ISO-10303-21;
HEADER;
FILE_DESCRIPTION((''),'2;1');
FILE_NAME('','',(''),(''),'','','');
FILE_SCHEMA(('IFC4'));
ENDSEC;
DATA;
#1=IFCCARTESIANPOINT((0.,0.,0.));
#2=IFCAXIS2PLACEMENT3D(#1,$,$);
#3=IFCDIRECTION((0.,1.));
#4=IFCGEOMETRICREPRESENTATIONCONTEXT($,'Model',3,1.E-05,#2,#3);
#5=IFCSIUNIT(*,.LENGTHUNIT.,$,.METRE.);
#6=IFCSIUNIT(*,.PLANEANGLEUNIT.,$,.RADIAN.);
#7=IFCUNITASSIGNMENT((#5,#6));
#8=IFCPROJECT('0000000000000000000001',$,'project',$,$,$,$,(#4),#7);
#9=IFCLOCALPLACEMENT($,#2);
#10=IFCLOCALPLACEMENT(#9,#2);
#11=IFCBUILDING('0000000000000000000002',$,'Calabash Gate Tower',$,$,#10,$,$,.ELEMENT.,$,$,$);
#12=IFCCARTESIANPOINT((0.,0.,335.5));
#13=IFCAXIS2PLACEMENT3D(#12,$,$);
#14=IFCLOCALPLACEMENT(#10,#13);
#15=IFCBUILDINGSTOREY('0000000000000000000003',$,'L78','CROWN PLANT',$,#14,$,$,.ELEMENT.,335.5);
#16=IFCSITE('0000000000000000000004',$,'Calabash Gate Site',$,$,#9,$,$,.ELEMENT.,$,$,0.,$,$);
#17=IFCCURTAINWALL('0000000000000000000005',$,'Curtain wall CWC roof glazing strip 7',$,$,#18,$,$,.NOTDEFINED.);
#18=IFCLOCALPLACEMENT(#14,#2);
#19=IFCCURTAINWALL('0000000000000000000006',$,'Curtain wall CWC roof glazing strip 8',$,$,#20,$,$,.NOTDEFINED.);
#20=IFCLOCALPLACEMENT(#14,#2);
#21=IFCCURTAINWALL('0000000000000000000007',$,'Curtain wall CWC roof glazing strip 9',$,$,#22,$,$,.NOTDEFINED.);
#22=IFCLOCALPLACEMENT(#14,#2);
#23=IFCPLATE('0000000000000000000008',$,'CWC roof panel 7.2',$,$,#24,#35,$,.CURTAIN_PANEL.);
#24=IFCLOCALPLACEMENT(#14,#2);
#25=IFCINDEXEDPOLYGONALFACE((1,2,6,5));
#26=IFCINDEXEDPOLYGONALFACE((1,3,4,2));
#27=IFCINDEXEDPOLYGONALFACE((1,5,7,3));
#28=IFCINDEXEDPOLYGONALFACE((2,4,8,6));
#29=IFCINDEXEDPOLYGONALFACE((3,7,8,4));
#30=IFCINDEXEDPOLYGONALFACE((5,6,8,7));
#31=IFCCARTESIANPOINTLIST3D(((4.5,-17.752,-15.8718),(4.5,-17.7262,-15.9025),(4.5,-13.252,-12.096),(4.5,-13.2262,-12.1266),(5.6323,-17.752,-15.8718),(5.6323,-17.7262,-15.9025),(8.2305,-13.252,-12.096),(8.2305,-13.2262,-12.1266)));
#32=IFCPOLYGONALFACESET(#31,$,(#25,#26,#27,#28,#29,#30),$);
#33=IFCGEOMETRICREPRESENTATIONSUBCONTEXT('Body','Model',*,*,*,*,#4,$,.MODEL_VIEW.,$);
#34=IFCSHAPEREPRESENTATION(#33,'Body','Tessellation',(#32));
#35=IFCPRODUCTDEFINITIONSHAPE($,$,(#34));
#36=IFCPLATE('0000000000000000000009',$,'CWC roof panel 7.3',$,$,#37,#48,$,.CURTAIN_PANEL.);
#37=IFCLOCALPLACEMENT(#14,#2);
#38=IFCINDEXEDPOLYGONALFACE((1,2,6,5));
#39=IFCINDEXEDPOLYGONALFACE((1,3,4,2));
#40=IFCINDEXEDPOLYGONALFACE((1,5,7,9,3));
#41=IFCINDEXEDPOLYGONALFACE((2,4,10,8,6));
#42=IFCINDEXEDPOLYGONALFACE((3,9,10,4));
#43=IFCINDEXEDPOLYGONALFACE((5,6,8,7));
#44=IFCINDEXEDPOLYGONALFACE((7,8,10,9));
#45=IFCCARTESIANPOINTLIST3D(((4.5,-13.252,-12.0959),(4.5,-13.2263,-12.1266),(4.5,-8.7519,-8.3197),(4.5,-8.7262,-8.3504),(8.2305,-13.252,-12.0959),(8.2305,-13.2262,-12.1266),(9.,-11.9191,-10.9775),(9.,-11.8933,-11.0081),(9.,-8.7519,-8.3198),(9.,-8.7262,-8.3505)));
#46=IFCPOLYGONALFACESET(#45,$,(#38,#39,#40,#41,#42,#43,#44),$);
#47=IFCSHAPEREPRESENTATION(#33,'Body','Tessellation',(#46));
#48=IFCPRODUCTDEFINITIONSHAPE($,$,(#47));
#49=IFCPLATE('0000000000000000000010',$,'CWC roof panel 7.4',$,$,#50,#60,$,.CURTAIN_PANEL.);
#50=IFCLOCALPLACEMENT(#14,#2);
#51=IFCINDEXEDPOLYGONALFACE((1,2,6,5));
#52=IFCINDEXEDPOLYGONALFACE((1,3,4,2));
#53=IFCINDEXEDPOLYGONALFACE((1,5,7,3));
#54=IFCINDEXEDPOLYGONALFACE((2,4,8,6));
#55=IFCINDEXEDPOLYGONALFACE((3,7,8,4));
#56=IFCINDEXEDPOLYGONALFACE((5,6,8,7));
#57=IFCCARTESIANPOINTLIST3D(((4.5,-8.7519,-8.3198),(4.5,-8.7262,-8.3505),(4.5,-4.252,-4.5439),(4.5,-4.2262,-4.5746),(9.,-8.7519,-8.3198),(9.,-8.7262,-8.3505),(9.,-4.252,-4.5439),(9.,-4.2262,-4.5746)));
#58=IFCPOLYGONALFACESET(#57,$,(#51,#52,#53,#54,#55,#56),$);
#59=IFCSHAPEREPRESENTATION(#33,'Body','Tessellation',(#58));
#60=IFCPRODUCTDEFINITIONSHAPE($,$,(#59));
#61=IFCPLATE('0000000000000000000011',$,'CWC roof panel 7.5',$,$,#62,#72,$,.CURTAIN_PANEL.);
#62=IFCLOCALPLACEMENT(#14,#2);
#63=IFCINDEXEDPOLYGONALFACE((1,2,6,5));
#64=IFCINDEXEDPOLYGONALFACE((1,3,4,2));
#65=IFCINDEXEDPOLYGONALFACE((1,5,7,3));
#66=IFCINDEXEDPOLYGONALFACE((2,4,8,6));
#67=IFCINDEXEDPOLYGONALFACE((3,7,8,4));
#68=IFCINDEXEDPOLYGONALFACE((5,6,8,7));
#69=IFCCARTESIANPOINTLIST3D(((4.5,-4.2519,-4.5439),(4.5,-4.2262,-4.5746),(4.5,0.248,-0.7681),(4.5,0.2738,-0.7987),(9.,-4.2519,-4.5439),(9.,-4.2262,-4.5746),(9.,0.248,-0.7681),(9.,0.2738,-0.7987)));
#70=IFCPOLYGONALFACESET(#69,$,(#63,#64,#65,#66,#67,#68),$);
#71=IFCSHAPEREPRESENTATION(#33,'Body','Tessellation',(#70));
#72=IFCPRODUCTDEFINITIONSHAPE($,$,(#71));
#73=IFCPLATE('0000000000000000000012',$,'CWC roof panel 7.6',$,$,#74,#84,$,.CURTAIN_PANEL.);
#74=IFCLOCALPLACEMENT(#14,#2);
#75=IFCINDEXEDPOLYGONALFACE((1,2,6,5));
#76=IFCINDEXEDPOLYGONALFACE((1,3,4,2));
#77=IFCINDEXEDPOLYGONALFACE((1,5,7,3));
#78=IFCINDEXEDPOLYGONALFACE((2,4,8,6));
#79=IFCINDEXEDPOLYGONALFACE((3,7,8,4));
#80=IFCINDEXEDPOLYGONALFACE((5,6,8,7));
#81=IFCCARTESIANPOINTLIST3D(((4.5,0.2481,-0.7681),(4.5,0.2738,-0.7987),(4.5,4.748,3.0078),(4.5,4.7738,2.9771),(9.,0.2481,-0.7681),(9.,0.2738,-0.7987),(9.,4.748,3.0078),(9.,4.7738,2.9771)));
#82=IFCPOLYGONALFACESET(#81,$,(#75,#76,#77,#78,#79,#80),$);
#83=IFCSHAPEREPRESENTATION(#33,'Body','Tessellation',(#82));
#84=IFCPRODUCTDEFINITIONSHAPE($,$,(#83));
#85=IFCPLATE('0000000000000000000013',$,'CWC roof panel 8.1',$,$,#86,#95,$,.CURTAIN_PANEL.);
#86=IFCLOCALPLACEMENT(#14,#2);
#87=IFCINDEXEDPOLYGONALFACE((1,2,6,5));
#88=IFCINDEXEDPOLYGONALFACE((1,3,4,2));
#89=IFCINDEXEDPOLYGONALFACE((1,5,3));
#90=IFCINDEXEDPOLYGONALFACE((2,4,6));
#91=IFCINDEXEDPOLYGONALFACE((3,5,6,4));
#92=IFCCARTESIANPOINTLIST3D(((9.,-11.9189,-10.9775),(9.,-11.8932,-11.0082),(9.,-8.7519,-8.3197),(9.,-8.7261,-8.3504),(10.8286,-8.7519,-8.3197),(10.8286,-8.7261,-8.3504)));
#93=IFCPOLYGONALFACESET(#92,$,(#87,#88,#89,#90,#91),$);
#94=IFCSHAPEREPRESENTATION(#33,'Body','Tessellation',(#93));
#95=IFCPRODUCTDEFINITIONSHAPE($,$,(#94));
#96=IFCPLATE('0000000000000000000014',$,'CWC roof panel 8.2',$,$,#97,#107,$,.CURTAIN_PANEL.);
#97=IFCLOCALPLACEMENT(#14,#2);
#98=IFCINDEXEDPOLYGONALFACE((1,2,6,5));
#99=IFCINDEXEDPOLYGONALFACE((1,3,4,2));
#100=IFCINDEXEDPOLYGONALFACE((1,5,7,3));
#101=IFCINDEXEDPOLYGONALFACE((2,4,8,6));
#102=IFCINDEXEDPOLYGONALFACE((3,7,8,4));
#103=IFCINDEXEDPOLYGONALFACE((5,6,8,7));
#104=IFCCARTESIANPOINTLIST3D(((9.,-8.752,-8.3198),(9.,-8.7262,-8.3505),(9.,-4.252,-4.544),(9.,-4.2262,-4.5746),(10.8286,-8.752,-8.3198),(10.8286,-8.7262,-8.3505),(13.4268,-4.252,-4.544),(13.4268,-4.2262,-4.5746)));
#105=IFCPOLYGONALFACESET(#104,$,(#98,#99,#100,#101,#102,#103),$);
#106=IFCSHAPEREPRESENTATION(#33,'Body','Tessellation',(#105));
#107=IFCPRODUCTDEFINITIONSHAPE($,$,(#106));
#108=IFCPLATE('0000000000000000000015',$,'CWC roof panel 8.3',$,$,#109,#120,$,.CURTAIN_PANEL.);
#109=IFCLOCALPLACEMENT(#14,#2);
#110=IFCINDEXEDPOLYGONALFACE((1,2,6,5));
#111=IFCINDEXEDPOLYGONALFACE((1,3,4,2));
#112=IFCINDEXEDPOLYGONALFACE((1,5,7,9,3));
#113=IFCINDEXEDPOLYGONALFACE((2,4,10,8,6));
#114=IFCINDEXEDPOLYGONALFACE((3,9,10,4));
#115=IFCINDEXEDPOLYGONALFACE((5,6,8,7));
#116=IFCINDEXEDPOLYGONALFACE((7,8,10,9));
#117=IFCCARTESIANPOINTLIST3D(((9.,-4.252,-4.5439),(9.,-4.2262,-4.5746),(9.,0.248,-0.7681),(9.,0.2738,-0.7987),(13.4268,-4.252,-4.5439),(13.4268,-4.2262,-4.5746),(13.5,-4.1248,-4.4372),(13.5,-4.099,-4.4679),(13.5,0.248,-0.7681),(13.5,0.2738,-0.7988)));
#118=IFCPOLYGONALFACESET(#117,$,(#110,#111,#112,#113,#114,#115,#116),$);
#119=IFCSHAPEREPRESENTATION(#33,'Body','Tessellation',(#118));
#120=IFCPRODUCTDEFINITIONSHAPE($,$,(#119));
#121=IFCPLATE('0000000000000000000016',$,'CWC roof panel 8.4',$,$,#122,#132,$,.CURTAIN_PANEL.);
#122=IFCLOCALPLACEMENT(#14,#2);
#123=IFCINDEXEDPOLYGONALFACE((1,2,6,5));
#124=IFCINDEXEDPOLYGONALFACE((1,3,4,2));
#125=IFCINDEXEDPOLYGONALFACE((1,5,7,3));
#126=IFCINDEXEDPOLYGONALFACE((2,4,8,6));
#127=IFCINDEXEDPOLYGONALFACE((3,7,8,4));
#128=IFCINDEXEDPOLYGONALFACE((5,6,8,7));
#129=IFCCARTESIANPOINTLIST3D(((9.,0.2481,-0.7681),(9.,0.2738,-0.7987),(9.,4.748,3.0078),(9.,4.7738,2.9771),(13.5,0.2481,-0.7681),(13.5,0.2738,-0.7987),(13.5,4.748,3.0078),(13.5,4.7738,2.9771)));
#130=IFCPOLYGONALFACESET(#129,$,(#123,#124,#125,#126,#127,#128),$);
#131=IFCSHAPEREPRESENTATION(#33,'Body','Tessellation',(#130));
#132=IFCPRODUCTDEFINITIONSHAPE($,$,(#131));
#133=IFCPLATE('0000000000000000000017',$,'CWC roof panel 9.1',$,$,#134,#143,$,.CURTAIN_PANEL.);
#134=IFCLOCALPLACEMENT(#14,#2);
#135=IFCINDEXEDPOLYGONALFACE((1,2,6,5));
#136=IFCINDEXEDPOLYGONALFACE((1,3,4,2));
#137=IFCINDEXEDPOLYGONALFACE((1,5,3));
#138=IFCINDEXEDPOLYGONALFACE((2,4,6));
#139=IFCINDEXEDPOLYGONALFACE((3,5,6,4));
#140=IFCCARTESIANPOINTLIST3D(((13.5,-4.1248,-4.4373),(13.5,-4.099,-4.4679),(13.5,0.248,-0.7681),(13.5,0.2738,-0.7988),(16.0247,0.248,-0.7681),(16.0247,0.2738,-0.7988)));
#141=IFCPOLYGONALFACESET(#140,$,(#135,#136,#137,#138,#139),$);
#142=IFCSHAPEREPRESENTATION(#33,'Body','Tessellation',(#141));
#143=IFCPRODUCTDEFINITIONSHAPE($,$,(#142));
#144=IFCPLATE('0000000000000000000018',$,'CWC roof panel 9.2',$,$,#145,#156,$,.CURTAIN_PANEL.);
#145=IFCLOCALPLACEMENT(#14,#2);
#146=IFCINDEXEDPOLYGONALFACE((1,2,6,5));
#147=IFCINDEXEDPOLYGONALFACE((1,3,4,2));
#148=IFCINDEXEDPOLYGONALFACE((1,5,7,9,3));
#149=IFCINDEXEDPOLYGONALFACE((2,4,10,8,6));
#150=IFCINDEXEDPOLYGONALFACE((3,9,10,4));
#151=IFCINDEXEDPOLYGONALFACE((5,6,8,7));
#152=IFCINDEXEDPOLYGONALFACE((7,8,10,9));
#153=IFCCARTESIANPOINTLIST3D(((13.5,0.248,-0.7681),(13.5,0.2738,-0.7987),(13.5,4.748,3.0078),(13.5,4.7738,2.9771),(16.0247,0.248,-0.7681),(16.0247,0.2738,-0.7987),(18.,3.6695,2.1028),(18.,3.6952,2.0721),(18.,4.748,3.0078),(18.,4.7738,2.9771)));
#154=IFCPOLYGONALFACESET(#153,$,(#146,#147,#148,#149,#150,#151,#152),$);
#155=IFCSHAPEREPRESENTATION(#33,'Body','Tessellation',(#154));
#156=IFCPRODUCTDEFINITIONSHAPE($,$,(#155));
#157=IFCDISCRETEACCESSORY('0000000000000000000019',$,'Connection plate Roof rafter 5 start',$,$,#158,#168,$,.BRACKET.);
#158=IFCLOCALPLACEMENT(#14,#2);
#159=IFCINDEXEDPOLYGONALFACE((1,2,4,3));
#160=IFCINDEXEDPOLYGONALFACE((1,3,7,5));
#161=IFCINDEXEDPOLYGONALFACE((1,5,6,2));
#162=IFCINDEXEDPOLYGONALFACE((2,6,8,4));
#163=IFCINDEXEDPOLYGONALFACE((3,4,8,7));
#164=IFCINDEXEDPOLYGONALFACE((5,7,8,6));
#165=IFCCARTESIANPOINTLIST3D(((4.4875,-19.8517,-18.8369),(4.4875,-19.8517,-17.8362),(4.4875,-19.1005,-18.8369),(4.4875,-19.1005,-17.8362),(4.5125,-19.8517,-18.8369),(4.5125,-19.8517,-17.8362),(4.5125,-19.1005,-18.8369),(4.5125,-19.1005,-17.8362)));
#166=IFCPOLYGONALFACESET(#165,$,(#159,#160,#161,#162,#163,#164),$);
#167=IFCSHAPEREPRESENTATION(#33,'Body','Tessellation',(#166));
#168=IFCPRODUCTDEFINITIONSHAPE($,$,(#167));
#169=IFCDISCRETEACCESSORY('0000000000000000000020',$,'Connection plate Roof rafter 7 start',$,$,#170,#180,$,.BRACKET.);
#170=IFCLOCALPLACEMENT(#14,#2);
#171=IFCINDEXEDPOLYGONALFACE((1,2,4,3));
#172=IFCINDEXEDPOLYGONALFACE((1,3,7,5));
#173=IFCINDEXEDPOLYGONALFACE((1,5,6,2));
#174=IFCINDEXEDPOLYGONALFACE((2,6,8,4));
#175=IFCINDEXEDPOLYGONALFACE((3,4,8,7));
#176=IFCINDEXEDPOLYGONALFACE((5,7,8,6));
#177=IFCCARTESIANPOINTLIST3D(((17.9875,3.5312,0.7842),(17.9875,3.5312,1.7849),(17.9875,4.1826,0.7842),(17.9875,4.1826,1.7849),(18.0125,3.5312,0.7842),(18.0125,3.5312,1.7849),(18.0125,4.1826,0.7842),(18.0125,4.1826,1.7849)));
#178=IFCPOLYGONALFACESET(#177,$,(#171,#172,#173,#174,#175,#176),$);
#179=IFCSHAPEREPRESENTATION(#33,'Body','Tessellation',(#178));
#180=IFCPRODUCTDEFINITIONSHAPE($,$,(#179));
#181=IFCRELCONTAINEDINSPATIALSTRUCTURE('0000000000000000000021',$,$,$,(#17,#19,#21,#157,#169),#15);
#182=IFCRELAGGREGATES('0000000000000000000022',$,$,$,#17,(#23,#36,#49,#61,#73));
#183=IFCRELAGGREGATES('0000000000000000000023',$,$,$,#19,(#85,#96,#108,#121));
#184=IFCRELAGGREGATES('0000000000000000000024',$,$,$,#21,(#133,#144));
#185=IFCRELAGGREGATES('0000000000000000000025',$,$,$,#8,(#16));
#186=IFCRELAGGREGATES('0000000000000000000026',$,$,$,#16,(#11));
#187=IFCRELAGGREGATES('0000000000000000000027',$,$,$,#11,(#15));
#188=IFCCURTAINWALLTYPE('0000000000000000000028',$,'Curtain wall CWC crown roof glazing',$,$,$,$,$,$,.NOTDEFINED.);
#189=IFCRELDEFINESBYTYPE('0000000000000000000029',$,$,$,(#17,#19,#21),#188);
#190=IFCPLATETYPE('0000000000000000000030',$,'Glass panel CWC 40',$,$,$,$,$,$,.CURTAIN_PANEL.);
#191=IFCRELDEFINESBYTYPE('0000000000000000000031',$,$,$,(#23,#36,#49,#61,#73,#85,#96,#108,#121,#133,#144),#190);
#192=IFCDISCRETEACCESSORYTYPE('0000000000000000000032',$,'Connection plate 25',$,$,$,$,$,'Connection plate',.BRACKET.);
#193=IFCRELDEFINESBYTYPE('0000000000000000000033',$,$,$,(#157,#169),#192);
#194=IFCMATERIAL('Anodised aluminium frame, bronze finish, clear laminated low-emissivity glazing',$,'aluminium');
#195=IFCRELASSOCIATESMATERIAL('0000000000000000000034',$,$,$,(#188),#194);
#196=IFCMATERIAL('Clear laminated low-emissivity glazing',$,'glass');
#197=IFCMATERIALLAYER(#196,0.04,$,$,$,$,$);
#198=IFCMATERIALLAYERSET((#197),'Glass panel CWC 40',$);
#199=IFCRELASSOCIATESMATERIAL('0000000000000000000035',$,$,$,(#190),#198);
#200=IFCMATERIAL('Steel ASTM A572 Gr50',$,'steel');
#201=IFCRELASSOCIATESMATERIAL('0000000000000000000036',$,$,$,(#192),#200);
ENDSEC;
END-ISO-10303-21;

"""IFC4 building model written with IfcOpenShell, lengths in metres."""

from ifc_helpers import new_model, si_unit, direction, frame, origin, origin_2d, place, context, subcontext, project, spatial, polyline, rectangle, outline, extrude, material, layer, layer_set, type_object, element, aggregate, save


model = new_model("IFC4")

# Units and contexts
model_context = context("Model", 3, precision=1e-05, world=origin(), true_north=direction((0.0, 1.0)))
body_context = subcontext(model_context, "Body", "Model", "MODEL_VIEW")
ifc_project = project(units=[si_unit("LENGTHUNIT", "METRE"), si_unit("PLANEANGLEUNIT", "RADIAN")], contexts=[model_context])

# Site, building, storey
site_placement = place(None, origin())
site = spatial("IfcSite", under=ifc_project, at=site_placement, Name="Calabash Gate Site", CompositionType="ELEMENT", RefElevation=0.0)
building_placement = place(site_placement, origin())
building = spatial("IfcBuilding", under=site, at=building_placement, Name="Calabash Gate Tower", CompositionType="ELEMENT")
storey_placement = place(building_placement, frame((0.0, 0.0, 335.5)))
storey = spatial("IfcBuildingStorey", under=building, at=storey_placement, Name="L78", Description="CROWN PLANT", CompositionType="ELEMENT", Elevation=335.5)

# Curtain walls
ifc_material_1 = material(Name="Anodised aluminium frame, bronze finish, clear laminated low-emissivity glazing", Category="aluminium")
curtain_wall_type = type_object("IfcCurtainWallType", Name="Curtain wall CWC crown roof glazing", PredefinedType="NOTDEFINED", material=ifc_material_1)
curtain_wall_1_placement = place(storey_placement, origin())
curtain_wall_1 = element("IfcCurtainWall", 1, at=curtain_wall_1_placement, inside=storey, type_object=curtain_wall_type, Name="Curtain wall CWC roof glazing strip 7", PredefinedType="NOTDEFINED")
curtain_wall_2_placement = place(storey_placement, origin())
curtain_wall_2 = element("IfcCurtainWall", 2, at=curtain_wall_2_placement, inside=storey, type_object=curtain_wall_type, Name="Curtain wall CWC roof glazing strip 8", PredefinedType="NOTDEFINED")
curtain_wall_3_placement = place(storey_placement, origin())
curtain_wall_3 = element("IfcCurtainWall", 3, at=curtain_wall_3_placement, inside=storey, type_object=curtain_wall_type, Name="Curtain wall CWC roof glazing strip 9", PredefinedType="NOTDEFINED")

# Plates
ifc_material_2 = material(Name="Clear laminated low-emissivity glazing", Category="glass")
ifc_layer = layer(ifc_material_2, 0.04)
ifc_layer_set = layer_set([ifc_layer], Name="Glass panel CWC 40")
plate_type = type_object("IfcPlateType", Name="Glass panel CWC 40", PredefinedType="CURTAIN_PANEL", material=ifc_layer_set)
plate_1_placement = place(storey_placement, frame((5.6323, -17.752, -15.8718), z_axis=(0.0, -0.642781, 0.76605), x_axis=(-1.0, 0.0, 0.0)))
plate_1 = element("IfcPlate", 4, at=plate_1_placement, type_object=plate_type, Name="CWC roof panel 7.2", PredefinedType="CURTAIN_PANEL", context=body_context, shape_type="SweptSolid", body=[
    extrude(outline(polyline([(0.0, 0.0), (1.1323, 0.0), (1.1323, -5.8743), (-2.5981, -5.8743), (0.0, 0.0)])), origin(), (0.0, 0.0, -1.0), 0.04),
])
plate_2_placement = place(storey_placement, frame((8.2305, -13.252, -12.0959), z_axis=(0.000015, -0.642807, 0.766029), x_axis=(-1.0, -0.00001, 0.000011)))
plate_2 = element("IfcPlate", 5, at=plate_2_placement, type_object=plate_type, Name="CWC roof panel 7.3", PredefinedType="CURTAIN_PANEL", context=body_context, shape_type="SweptSolid", body=[
    extrude(outline(polyline([(0.0, 0.0), (3.7305, 0.0), (3.7305, -5.8745), (-0.7695, -5.8745), (-0.7695, -1.74), (0.0, 0.0)])), origin(), (0.0, 0.0, -1.0), 0.04),
])
plate_3_placement = place(storey_placement, frame((4.5, -4.252, -4.5439), z_axis=(0.0, -0.642781, 0.76605), x_axis=(1.0, 0.0, 0.0)))
plate_3 = element("IfcPlate", 6, at=plate_3_placement, type_object=plate_type, Name="CWC roof panel 7.4", PredefinedType="CURTAIN_PANEL", context=body_context, shape_type="SweptSolid", body=[
    extrude(outline(polyline([(0.0, 0.0), (4.5, 0.0), (4.5, -5.8743), (0.0, -5.8743), (0.0, 0.0)])), origin(), (0.0, 0.0, -1.0), 0.04),
])
plate_4_placement = place(storey_placement, frame((4.5, 0.248, -0.7681), z_axis=(0.0, -0.642781, 0.76605), x_axis=(1.0, 0.0, 0.0)))
plate_4 = element("IfcPlate", 7, at=plate_4_placement, type_object=plate_type, Name="CWC roof panel 7.5", PredefinedType="CURTAIN_PANEL", context=body_context, shape_type="SweptSolid", body=[
    extrude(outline(polyline([(0.0, 0.0), (4.5, 0.0), (4.5, -5.8743), (0.0, -5.8743), (0.0, 0.0)])), origin(), (0.0, 0.0, -1.0), 0.04),
])
plate_5_placement = place(storey_placement, frame((4.5, 4.748, 3.0078), z_axis=(0.0, -0.642781, 0.76605), x_axis=(1.0, 0.0, 0.0)))
plate_5 = element("IfcPlate", 8, at=plate_5_placement, type_object=plate_type, Name="CWC roof panel 7.6", PredefinedType="CURTAIN_PANEL", context=body_context, shape_type="SweptSolid", body=[
    extrude(outline(polyline([(0.0, 0.0), (4.5, 0.0), (4.5, -5.8743), (0.0, -5.8743), (0.0, 0.0)])), origin(), (0.0, 0.0, -1.0), 0.04),
])
aggregate(curtain_wall_1, [plate_1, plate_2, plate_3, plate_4, plate_5])
plate_6_placement = place(storey_placement, frame((9.0, -11.9189, -10.9775), z_axis=(0.0, -0.642829, 0.76601), x_axis=(0.0, 0.76601, 0.642829)))
plate_6 = element("IfcPlate", 9, at=plate_6_placement, type_object=plate_type, Name="CWC roof panel 8.1", PredefinedType="CURTAIN_PANEL", context=body_context, shape_type="SweptSolid", body=[
    extrude(outline(polyline([(0.0, 0.0), (4.1345, 0.0), (4.1345, -1.8286), (0.0, 0.0)])), origin(), (0.0, 0.0, -1.0), 0.04),
])
plate_7_placement = place(storey_placement, frame((10.8286, -8.752, -8.3198), z_axis=(0.0, -0.642781, 0.76605), x_axis=(-1.0, 0.0, 0.0)))
plate_7 = element("IfcPlate", 10, at=plate_7_placement, type_object=plate_type, Name="CWC roof panel 8.2", PredefinedType="CURTAIN_PANEL", context=body_context, shape_type="SweptSolid", body=[
    extrude(outline(polyline([(0.0, 0.0), (1.8286, 0.0), (1.8286, -5.8743), (-2.5981, -5.8743), (0.0, 0.0)])), origin(), (0.0, 0.0, -1.0), 0.04),
])
plate_8_placement = place(storey_placement, frame((13.4268, -4.252, -4.5439), z_axis=(0.000003, -0.642781, 0.76605), x_axis=(-1.0, -0.000002, 0.000003)))
plate_8 = element("IfcPlate", 11, at=plate_8_placement, type_object=plate_type, Name="CWC roof panel 8.3", PredefinedType="CURTAIN_PANEL", context=body_context, shape_type="SweptSolid", body=[
    extrude(outline(polyline([(0.0, 0.0), (4.4268, 0.0), (4.4268, -5.8743), (-0.0732, -5.8743), (-0.0732, -0.166), (0.0, 0.0)])), origin(), (0.0, 0.0, -1.0), 0.04),
])
plate_9_placement = place(storey_placement, frame((9.0, 4.748, 3.0078), z_axis=(0.0, -0.642781, 0.76605), x_axis=(1.0, 0.0, 0.0)))
plate_9 = element("IfcPlate", 12, at=plate_9_placement, type_object=plate_type, Name="CWC roof panel 8.4", PredefinedType="CURTAIN_PANEL", context=body_context, shape_type="SweptSolid", body=[
    extrude(outline(polyline([(0.0, 0.0), (4.5, 0.0), (4.5, -5.8743), (0.0, -5.8743), (0.0, 0.0)])), origin(), (0.0, 0.0, -1.0), 0.04),
])
aggregate(curtain_wall_2, [plate_6, plate_7, plate_8, plate_9])
plate_10_placement = place(storey_placement, frame((13.5, -4.1248, -4.4373), z_axis=(0.0, -0.642785, 0.766047), x_axis=(0.0, 0.766047, 0.642785)))
plate_10 = element("IfcPlate", 13, at=plate_10_placement, type_object=plate_type, Name="CWC roof panel 9.1", PredefinedType="CURTAIN_PANEL", context=body_context, shape_type="SweptSolid", body=[
    extrude(outline(polyline([(0.0, 0.0), (5.7083, 0.0), (5.7083, -2.5247), (0.0, 0.0)])), origin(), (0.0, 0.0, -1.0), 0.04),
])
plate_11_placement = place(storey_placement, frame((16.0247, 0.248, -0.7681), z_axis=(-0.000002, -0.64278, 0.766051), x_axis=(-1.0, 0.000001, -0.000001)))
plate_11 = element("IfcPlate", 14, at=plate_11_placement, type_object=plate_type, Name="CWC roof panel 9.2", PredefinedType="CURTAIN_PANEL", context=body_context, shape_type="SweptSolid", body=[
    extrude(outline(polyline([(0.0, 0.0), (2.5247, 0.0), (2.5247, -5.8743), (-1.9753, -5.8743), (-1.9753, -4.4663), (0.0, 0.0)])), origin(), (0.0, 0.0, -1.0), 0.04),
])
aggregate(curtain_wall_3, [plate_10, plate_11])

# Discrete accessories
ifc_material_3 = material(Name="Steel ASTM A572 Gr50", Category="steel")
discrete_accessory_type = type_object("IfcDiscreteAccessoryType", Name="Connection plate 25", ElementType="Connection plate", PredefinedType="BRACKET", material=ifc_material_3)
discrete_accessory_1_placement = place(storey_placement, frame((4.5, -19.4761, -18.8369), z_axis=(0.0, 0.0, 1.0), x_axis=(0.0, 1.0, 0.0)))
element("IfcDiscreteAccessory", 15, at=discrete_accessory_1_placement, inside=storey, type_object=discrete_accessory_type, Name="Connection plate Roof rafter 5 start", PredefinedType="BRACKET", context=body_context, shape_type="SweptSolid", body=[
    extrude(rectangle(XDim=0.7512, YDim=0.0249, at=origin_2d()), origin(), (0.0, 0.0, 1.0), 1.0007),
])
discrete_accessory_2_placement = place(storey_placement, frame((18.0, 3.8569, 0.7842), z_axis=(0.0, 0.0, 1.0), x_axis=(0.0, 1.0, 0.0)))
element("IfcDiscreteAccessory", 16, at=discrete_accessory_2_placement, inside=storey, type_object=discrete_accessory_type, Name="Connection plate Roof rafter 7 start", PredefinedType="BRACKET", context=body_context, shape_type="SweptSolid", body=[
    extrude(rectangle(XDim=0.6514, YDim=0.0249, at=origin_2d()), origin(), (0.0, 0.0, 1.0), 1.0007),
])

save(model, "model.ifc")
